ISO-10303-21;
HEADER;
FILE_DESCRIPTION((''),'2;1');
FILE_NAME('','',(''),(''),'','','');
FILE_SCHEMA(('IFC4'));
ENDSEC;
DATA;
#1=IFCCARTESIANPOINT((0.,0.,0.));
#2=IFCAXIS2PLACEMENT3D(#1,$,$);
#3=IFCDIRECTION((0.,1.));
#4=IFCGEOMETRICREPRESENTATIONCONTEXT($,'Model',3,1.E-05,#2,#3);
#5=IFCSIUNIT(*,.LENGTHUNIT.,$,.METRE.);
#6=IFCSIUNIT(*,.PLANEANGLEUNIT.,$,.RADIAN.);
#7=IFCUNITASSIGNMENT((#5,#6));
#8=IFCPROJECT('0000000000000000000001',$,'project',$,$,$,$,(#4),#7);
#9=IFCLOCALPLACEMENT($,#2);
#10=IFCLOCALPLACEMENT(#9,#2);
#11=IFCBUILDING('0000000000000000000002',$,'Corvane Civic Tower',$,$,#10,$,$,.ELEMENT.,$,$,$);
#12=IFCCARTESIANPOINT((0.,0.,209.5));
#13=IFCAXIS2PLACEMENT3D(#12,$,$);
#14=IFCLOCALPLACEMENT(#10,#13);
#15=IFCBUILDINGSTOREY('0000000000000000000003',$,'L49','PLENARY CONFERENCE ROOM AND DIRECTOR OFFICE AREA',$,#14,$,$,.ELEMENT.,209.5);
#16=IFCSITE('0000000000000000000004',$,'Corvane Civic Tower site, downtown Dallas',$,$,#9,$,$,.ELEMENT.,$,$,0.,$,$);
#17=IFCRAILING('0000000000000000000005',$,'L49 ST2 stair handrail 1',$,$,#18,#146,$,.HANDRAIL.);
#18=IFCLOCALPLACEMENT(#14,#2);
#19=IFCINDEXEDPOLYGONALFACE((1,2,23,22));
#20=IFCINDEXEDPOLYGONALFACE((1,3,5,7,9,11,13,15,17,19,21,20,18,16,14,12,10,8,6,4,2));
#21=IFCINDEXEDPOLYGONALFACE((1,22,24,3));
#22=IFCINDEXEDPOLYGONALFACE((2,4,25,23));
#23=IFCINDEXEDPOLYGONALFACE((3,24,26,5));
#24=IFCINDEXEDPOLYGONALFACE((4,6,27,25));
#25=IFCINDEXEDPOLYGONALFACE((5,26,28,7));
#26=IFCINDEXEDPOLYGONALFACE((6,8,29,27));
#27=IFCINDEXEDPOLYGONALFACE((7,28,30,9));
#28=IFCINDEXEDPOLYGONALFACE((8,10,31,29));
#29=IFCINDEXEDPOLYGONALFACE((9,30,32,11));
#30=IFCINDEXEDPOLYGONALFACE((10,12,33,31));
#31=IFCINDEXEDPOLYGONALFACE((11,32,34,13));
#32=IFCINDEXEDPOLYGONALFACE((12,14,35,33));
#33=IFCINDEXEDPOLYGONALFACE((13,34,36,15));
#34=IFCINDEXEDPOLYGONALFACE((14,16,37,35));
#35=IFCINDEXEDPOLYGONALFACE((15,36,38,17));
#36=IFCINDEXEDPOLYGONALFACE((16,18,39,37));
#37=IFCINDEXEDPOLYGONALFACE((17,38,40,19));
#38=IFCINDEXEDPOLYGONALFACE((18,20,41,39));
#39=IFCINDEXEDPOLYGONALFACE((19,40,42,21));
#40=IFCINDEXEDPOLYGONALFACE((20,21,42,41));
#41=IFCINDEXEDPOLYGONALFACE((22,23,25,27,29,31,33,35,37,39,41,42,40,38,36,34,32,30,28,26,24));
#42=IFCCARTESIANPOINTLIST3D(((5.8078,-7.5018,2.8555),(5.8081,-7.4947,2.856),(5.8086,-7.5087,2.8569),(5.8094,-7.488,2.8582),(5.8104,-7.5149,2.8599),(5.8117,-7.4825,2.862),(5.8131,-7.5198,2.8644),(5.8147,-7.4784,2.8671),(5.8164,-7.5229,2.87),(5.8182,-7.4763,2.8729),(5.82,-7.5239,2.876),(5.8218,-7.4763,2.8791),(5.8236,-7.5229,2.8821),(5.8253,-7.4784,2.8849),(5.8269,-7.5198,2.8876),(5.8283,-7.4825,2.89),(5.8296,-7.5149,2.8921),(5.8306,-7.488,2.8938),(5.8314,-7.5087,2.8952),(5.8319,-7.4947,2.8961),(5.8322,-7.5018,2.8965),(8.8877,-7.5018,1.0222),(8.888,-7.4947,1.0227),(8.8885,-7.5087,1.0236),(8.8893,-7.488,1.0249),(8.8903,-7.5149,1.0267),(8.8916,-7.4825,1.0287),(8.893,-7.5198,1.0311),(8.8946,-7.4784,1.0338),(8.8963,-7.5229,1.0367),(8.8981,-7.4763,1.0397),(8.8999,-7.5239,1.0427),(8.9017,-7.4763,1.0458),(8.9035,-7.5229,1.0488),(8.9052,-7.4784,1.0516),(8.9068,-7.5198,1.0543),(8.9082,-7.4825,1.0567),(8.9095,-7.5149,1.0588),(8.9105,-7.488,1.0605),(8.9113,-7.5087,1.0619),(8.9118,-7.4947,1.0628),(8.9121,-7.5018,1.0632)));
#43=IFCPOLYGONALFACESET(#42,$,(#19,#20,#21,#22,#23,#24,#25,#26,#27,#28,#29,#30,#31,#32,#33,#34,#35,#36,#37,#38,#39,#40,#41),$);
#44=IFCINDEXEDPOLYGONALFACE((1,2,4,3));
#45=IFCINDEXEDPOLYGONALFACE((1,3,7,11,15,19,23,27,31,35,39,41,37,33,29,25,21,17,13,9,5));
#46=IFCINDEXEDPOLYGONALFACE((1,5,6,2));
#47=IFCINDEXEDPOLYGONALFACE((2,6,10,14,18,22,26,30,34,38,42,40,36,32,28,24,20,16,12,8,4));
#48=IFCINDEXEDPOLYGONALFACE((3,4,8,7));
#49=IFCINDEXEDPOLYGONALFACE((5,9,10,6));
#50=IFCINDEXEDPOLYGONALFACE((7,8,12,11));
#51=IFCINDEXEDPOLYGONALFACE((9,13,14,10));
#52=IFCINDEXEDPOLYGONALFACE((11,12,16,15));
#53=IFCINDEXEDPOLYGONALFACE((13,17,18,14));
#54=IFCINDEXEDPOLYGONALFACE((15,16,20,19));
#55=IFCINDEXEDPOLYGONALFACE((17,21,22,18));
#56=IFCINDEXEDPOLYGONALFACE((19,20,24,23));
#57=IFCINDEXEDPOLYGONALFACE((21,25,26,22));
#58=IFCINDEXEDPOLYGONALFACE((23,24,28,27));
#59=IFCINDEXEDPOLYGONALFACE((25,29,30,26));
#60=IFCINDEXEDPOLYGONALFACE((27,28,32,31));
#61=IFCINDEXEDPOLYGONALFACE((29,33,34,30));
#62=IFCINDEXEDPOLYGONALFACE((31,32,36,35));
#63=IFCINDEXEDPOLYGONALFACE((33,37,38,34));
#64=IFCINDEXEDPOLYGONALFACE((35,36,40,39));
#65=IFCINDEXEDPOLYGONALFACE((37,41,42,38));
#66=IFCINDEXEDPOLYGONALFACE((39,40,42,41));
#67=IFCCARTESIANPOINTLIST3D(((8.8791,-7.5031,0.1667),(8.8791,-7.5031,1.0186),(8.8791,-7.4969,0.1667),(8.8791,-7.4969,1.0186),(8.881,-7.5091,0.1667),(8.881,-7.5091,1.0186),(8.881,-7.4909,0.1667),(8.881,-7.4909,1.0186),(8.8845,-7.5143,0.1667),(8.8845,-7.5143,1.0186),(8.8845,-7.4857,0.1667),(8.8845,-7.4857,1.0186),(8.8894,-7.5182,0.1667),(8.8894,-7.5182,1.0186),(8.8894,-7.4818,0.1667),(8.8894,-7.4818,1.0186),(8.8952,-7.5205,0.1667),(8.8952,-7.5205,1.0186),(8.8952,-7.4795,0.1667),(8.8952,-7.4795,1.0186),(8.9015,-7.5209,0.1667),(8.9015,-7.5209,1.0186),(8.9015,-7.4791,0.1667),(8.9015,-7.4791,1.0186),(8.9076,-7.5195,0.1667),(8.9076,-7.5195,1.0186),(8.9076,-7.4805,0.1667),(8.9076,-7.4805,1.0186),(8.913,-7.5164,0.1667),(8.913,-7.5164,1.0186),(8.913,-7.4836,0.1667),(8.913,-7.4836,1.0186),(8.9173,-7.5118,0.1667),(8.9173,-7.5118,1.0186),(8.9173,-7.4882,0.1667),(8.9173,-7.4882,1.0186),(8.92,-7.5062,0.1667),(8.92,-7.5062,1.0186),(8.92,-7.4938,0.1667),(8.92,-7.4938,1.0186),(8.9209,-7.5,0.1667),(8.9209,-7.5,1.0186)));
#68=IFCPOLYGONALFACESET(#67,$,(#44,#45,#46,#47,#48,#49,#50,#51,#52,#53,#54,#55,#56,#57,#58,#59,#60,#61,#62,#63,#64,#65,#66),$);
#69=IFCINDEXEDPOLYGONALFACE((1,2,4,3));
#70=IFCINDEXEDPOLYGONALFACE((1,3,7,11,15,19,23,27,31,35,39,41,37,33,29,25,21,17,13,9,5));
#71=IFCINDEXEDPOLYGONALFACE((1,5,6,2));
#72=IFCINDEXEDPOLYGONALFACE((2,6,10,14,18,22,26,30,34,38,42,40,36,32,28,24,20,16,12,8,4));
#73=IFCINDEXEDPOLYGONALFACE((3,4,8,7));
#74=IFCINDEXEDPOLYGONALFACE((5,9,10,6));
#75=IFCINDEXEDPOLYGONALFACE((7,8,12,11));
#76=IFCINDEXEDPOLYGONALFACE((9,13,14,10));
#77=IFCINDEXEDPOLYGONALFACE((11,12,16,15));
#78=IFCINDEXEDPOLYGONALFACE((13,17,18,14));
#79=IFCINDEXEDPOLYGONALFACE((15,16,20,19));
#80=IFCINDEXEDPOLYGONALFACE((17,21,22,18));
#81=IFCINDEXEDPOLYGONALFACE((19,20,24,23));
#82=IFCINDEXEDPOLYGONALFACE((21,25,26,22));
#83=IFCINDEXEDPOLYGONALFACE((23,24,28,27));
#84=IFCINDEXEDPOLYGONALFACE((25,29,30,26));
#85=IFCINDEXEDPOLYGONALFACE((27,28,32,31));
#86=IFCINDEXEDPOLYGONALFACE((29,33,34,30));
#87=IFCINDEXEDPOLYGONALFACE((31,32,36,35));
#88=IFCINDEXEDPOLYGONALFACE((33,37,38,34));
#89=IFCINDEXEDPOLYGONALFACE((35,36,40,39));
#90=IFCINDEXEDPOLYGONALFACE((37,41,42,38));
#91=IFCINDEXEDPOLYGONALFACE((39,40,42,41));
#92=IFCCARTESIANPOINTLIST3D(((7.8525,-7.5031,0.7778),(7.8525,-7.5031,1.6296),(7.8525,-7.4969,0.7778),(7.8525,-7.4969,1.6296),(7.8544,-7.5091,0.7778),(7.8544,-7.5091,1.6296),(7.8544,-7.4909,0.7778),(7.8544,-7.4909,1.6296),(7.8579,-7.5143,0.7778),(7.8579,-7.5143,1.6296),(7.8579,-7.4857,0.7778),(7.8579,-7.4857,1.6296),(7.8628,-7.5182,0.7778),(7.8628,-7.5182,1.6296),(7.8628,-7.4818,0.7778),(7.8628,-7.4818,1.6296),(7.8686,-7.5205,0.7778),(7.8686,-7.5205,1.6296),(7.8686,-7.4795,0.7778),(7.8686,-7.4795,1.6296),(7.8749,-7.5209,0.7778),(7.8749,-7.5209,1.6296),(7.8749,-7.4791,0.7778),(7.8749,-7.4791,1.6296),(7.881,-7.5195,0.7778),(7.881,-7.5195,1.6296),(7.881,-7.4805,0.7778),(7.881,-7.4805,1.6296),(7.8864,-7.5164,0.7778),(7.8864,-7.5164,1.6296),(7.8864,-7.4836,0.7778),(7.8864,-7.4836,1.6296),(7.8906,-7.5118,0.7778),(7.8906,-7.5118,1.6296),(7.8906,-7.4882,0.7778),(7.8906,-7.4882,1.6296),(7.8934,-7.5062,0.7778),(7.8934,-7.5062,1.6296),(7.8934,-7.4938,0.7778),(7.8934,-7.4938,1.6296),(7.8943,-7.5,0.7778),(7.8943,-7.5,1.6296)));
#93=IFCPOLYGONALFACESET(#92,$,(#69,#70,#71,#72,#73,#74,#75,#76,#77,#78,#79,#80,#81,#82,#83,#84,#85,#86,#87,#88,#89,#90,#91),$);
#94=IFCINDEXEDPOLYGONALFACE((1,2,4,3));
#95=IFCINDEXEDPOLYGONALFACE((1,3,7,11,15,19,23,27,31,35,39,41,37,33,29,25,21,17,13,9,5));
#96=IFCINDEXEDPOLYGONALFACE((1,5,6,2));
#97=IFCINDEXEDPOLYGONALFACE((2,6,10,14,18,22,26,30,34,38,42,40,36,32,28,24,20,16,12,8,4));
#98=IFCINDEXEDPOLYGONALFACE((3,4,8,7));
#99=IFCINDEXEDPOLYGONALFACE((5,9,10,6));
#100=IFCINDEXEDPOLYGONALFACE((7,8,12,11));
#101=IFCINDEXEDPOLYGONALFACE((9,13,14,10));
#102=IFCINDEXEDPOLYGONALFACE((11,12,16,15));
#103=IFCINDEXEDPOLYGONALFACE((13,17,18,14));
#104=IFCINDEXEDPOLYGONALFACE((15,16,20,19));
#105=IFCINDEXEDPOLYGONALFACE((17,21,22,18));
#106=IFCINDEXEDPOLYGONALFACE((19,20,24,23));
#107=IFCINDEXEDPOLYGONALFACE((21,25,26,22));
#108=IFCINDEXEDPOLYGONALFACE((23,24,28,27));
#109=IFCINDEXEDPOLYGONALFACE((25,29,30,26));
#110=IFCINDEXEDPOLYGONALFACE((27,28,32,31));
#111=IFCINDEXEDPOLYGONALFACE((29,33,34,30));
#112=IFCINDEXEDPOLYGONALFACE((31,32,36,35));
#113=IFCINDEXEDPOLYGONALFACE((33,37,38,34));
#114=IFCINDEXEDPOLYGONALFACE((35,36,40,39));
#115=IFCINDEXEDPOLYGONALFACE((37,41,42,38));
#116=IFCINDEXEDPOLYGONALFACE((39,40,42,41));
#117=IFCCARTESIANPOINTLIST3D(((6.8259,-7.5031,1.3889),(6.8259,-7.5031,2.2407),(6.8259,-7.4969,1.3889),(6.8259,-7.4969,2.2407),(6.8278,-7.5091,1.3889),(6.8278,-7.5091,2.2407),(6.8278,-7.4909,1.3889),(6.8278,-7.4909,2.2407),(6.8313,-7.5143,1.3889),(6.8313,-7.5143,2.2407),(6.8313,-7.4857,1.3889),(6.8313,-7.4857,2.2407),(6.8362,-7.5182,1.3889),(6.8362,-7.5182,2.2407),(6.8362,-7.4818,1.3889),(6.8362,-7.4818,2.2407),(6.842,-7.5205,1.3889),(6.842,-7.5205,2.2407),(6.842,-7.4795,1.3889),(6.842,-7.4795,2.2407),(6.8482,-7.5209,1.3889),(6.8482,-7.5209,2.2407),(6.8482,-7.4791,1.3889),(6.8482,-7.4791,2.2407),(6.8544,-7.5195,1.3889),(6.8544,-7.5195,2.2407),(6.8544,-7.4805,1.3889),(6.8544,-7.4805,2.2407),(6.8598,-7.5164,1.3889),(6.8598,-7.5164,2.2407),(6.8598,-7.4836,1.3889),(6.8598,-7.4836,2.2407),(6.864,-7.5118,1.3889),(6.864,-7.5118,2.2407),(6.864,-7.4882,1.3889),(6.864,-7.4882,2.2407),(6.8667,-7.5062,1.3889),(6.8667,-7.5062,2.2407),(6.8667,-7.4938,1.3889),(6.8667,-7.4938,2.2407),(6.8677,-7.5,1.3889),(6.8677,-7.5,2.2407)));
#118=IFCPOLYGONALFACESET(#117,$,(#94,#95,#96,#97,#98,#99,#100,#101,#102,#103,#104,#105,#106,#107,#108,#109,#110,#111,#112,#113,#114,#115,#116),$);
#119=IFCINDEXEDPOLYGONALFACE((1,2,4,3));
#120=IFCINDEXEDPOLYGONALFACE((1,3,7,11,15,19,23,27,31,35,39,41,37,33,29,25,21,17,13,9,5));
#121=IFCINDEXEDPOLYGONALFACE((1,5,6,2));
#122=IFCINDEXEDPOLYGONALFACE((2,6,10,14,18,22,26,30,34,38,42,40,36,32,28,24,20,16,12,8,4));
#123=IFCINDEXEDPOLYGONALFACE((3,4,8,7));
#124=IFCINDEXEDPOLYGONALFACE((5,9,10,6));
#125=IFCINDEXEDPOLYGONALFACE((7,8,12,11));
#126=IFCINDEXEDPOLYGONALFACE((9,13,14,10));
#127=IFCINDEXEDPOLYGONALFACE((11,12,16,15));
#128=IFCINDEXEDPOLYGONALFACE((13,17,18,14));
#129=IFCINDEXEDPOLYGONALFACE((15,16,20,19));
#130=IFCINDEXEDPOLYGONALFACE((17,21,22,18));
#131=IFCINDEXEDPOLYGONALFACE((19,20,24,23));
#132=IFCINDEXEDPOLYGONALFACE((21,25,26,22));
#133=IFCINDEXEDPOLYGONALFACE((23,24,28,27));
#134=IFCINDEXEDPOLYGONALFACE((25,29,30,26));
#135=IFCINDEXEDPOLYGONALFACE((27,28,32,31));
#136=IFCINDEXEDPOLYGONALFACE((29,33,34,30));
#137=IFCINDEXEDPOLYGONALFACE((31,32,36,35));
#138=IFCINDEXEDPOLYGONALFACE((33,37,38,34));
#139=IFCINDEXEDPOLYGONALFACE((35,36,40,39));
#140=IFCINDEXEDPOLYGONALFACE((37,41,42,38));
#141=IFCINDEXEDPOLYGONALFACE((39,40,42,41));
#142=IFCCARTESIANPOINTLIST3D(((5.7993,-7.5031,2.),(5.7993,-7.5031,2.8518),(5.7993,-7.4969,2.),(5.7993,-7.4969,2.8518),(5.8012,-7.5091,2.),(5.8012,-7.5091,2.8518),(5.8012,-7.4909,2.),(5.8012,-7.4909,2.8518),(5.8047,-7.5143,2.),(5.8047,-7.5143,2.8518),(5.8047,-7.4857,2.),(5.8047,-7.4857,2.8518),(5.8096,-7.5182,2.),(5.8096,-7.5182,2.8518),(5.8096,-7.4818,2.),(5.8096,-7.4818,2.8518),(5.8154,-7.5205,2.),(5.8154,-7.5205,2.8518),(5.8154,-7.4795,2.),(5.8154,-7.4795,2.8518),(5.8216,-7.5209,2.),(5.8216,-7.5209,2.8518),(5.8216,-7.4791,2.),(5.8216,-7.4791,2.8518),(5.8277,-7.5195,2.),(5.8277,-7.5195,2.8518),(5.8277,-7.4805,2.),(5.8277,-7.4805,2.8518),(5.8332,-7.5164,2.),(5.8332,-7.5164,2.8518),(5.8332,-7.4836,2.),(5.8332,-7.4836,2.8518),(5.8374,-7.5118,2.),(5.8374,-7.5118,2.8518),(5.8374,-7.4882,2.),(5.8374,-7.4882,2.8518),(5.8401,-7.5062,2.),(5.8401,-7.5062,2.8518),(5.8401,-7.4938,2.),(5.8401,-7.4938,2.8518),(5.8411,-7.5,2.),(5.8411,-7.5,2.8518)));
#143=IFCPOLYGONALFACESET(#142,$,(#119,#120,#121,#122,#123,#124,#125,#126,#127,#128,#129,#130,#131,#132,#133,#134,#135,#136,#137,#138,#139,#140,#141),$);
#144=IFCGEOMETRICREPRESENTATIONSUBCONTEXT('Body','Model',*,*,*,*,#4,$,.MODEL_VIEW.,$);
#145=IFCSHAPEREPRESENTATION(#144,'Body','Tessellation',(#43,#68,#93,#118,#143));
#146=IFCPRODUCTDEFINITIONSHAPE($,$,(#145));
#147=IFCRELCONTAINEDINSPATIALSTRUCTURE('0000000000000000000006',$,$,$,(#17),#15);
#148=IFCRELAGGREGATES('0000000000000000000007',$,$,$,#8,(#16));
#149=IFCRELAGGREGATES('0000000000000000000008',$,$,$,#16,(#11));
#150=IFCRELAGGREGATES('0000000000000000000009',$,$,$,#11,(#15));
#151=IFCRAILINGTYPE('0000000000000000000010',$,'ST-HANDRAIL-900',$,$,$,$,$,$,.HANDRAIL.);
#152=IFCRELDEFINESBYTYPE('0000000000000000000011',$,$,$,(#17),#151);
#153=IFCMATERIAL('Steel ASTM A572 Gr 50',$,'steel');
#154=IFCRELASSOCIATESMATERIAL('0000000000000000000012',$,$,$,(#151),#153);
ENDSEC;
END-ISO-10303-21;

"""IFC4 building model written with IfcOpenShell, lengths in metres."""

from ifc_helpers import new_model, si_unit, direction, frame, origin, origin_2d, place, context, subcontext, project, spatial, circle, extrude, material, type_object, element, save


model = new_model("IFC4")

# Units and contexts
model_context = context("Model", 3, precision=1e-05, world=origin(), true_north=direction((0.0, 1.0)))
body_context = subcontext(model_context, "Body", "Model", "MODEL_VIEW")
ifc_project = project(units=[si_unit("LENGTHUNIT", "METRE"), si_unit("PLANEANGLEUNIT", "RADIAN")], contexts=[model_context])

# Site, building, storey
site_placement = place(None, origin())
site = spatial("IfcSite", under=ifc_project, at=site_placement, Name="Corvane Civic Tower site, downtown Dallas", CompositionType="ELEMENT", RefElevation=0.0)
building_placement = place(site_placement, origin())
building = spatial("IfcBuilding", under=site, at=building_placement, Name="Corvane Civic Tower", CompositionType="ELEMENT")
storey_placement = place(building_placement, frame((0.0, 0.0, 209.5)))
storey = spatial("IfcBuildingStorey", under=building, at=storey_placement, Name="L49", Description="PLENARY CONFERENCE ROOM AND DIRECTOR OFFICE AREA", CompositionType="ELEMENT", Elevation=209.5)

# Railing
ifc_material_1 = material(Name="Steel ASTM A572 Gr 50", Category="steel")
railing_type = type_object("IfcRailingType", Name="ST-HANDRAIL-900", PredefinedType="HANDRAIL", material=ifc_material_1)
railing_placement = place(storey_placement, frame((8.8999, -7.5, 0.1667)))
element("IfcRailing", 1, at=railing_placement, inside=storey, type_object=railing_type, Name="L49 ST2 stair handrail 1", PredefinedType="HANDRAIL", context=body_context, shape_type="SweptSolid", body=[
    extrude(circle(Radius=0.0239, at=origin_2d()), frame((0.0, 0.0, 0.876), z_axis=(-0.859291, 0.0, 0.511487), x_axis=(0.0, -1.0, 0.0)), (0.0, 0.0, 1.0), 3.5842),
    extrude(circle(Radius=0.021, at=origin_2d()), origin(), (0.0, 0.0, 1.0), 0.8518),
    extrude(circle(Radius=0.021, at=origin_2d()), frame((-1.0266, 0.0, 0.6111)), (0.0, 0.0, 1.0), 0.8518),
    extrude(circle(Radius=0.021, at=origin_2d()), frame((-2.0532, 0.0, 1.2222)), (0.0, 0.0, 1.0), 0.8518),
    extrude(circle(Radius=0.021, at=origin_2d()), frame((-3.0798, 0.0, 1.8333)), (0.0, 0.0, 1.0), 0.8518),
])

save(model, "model.ifc")
